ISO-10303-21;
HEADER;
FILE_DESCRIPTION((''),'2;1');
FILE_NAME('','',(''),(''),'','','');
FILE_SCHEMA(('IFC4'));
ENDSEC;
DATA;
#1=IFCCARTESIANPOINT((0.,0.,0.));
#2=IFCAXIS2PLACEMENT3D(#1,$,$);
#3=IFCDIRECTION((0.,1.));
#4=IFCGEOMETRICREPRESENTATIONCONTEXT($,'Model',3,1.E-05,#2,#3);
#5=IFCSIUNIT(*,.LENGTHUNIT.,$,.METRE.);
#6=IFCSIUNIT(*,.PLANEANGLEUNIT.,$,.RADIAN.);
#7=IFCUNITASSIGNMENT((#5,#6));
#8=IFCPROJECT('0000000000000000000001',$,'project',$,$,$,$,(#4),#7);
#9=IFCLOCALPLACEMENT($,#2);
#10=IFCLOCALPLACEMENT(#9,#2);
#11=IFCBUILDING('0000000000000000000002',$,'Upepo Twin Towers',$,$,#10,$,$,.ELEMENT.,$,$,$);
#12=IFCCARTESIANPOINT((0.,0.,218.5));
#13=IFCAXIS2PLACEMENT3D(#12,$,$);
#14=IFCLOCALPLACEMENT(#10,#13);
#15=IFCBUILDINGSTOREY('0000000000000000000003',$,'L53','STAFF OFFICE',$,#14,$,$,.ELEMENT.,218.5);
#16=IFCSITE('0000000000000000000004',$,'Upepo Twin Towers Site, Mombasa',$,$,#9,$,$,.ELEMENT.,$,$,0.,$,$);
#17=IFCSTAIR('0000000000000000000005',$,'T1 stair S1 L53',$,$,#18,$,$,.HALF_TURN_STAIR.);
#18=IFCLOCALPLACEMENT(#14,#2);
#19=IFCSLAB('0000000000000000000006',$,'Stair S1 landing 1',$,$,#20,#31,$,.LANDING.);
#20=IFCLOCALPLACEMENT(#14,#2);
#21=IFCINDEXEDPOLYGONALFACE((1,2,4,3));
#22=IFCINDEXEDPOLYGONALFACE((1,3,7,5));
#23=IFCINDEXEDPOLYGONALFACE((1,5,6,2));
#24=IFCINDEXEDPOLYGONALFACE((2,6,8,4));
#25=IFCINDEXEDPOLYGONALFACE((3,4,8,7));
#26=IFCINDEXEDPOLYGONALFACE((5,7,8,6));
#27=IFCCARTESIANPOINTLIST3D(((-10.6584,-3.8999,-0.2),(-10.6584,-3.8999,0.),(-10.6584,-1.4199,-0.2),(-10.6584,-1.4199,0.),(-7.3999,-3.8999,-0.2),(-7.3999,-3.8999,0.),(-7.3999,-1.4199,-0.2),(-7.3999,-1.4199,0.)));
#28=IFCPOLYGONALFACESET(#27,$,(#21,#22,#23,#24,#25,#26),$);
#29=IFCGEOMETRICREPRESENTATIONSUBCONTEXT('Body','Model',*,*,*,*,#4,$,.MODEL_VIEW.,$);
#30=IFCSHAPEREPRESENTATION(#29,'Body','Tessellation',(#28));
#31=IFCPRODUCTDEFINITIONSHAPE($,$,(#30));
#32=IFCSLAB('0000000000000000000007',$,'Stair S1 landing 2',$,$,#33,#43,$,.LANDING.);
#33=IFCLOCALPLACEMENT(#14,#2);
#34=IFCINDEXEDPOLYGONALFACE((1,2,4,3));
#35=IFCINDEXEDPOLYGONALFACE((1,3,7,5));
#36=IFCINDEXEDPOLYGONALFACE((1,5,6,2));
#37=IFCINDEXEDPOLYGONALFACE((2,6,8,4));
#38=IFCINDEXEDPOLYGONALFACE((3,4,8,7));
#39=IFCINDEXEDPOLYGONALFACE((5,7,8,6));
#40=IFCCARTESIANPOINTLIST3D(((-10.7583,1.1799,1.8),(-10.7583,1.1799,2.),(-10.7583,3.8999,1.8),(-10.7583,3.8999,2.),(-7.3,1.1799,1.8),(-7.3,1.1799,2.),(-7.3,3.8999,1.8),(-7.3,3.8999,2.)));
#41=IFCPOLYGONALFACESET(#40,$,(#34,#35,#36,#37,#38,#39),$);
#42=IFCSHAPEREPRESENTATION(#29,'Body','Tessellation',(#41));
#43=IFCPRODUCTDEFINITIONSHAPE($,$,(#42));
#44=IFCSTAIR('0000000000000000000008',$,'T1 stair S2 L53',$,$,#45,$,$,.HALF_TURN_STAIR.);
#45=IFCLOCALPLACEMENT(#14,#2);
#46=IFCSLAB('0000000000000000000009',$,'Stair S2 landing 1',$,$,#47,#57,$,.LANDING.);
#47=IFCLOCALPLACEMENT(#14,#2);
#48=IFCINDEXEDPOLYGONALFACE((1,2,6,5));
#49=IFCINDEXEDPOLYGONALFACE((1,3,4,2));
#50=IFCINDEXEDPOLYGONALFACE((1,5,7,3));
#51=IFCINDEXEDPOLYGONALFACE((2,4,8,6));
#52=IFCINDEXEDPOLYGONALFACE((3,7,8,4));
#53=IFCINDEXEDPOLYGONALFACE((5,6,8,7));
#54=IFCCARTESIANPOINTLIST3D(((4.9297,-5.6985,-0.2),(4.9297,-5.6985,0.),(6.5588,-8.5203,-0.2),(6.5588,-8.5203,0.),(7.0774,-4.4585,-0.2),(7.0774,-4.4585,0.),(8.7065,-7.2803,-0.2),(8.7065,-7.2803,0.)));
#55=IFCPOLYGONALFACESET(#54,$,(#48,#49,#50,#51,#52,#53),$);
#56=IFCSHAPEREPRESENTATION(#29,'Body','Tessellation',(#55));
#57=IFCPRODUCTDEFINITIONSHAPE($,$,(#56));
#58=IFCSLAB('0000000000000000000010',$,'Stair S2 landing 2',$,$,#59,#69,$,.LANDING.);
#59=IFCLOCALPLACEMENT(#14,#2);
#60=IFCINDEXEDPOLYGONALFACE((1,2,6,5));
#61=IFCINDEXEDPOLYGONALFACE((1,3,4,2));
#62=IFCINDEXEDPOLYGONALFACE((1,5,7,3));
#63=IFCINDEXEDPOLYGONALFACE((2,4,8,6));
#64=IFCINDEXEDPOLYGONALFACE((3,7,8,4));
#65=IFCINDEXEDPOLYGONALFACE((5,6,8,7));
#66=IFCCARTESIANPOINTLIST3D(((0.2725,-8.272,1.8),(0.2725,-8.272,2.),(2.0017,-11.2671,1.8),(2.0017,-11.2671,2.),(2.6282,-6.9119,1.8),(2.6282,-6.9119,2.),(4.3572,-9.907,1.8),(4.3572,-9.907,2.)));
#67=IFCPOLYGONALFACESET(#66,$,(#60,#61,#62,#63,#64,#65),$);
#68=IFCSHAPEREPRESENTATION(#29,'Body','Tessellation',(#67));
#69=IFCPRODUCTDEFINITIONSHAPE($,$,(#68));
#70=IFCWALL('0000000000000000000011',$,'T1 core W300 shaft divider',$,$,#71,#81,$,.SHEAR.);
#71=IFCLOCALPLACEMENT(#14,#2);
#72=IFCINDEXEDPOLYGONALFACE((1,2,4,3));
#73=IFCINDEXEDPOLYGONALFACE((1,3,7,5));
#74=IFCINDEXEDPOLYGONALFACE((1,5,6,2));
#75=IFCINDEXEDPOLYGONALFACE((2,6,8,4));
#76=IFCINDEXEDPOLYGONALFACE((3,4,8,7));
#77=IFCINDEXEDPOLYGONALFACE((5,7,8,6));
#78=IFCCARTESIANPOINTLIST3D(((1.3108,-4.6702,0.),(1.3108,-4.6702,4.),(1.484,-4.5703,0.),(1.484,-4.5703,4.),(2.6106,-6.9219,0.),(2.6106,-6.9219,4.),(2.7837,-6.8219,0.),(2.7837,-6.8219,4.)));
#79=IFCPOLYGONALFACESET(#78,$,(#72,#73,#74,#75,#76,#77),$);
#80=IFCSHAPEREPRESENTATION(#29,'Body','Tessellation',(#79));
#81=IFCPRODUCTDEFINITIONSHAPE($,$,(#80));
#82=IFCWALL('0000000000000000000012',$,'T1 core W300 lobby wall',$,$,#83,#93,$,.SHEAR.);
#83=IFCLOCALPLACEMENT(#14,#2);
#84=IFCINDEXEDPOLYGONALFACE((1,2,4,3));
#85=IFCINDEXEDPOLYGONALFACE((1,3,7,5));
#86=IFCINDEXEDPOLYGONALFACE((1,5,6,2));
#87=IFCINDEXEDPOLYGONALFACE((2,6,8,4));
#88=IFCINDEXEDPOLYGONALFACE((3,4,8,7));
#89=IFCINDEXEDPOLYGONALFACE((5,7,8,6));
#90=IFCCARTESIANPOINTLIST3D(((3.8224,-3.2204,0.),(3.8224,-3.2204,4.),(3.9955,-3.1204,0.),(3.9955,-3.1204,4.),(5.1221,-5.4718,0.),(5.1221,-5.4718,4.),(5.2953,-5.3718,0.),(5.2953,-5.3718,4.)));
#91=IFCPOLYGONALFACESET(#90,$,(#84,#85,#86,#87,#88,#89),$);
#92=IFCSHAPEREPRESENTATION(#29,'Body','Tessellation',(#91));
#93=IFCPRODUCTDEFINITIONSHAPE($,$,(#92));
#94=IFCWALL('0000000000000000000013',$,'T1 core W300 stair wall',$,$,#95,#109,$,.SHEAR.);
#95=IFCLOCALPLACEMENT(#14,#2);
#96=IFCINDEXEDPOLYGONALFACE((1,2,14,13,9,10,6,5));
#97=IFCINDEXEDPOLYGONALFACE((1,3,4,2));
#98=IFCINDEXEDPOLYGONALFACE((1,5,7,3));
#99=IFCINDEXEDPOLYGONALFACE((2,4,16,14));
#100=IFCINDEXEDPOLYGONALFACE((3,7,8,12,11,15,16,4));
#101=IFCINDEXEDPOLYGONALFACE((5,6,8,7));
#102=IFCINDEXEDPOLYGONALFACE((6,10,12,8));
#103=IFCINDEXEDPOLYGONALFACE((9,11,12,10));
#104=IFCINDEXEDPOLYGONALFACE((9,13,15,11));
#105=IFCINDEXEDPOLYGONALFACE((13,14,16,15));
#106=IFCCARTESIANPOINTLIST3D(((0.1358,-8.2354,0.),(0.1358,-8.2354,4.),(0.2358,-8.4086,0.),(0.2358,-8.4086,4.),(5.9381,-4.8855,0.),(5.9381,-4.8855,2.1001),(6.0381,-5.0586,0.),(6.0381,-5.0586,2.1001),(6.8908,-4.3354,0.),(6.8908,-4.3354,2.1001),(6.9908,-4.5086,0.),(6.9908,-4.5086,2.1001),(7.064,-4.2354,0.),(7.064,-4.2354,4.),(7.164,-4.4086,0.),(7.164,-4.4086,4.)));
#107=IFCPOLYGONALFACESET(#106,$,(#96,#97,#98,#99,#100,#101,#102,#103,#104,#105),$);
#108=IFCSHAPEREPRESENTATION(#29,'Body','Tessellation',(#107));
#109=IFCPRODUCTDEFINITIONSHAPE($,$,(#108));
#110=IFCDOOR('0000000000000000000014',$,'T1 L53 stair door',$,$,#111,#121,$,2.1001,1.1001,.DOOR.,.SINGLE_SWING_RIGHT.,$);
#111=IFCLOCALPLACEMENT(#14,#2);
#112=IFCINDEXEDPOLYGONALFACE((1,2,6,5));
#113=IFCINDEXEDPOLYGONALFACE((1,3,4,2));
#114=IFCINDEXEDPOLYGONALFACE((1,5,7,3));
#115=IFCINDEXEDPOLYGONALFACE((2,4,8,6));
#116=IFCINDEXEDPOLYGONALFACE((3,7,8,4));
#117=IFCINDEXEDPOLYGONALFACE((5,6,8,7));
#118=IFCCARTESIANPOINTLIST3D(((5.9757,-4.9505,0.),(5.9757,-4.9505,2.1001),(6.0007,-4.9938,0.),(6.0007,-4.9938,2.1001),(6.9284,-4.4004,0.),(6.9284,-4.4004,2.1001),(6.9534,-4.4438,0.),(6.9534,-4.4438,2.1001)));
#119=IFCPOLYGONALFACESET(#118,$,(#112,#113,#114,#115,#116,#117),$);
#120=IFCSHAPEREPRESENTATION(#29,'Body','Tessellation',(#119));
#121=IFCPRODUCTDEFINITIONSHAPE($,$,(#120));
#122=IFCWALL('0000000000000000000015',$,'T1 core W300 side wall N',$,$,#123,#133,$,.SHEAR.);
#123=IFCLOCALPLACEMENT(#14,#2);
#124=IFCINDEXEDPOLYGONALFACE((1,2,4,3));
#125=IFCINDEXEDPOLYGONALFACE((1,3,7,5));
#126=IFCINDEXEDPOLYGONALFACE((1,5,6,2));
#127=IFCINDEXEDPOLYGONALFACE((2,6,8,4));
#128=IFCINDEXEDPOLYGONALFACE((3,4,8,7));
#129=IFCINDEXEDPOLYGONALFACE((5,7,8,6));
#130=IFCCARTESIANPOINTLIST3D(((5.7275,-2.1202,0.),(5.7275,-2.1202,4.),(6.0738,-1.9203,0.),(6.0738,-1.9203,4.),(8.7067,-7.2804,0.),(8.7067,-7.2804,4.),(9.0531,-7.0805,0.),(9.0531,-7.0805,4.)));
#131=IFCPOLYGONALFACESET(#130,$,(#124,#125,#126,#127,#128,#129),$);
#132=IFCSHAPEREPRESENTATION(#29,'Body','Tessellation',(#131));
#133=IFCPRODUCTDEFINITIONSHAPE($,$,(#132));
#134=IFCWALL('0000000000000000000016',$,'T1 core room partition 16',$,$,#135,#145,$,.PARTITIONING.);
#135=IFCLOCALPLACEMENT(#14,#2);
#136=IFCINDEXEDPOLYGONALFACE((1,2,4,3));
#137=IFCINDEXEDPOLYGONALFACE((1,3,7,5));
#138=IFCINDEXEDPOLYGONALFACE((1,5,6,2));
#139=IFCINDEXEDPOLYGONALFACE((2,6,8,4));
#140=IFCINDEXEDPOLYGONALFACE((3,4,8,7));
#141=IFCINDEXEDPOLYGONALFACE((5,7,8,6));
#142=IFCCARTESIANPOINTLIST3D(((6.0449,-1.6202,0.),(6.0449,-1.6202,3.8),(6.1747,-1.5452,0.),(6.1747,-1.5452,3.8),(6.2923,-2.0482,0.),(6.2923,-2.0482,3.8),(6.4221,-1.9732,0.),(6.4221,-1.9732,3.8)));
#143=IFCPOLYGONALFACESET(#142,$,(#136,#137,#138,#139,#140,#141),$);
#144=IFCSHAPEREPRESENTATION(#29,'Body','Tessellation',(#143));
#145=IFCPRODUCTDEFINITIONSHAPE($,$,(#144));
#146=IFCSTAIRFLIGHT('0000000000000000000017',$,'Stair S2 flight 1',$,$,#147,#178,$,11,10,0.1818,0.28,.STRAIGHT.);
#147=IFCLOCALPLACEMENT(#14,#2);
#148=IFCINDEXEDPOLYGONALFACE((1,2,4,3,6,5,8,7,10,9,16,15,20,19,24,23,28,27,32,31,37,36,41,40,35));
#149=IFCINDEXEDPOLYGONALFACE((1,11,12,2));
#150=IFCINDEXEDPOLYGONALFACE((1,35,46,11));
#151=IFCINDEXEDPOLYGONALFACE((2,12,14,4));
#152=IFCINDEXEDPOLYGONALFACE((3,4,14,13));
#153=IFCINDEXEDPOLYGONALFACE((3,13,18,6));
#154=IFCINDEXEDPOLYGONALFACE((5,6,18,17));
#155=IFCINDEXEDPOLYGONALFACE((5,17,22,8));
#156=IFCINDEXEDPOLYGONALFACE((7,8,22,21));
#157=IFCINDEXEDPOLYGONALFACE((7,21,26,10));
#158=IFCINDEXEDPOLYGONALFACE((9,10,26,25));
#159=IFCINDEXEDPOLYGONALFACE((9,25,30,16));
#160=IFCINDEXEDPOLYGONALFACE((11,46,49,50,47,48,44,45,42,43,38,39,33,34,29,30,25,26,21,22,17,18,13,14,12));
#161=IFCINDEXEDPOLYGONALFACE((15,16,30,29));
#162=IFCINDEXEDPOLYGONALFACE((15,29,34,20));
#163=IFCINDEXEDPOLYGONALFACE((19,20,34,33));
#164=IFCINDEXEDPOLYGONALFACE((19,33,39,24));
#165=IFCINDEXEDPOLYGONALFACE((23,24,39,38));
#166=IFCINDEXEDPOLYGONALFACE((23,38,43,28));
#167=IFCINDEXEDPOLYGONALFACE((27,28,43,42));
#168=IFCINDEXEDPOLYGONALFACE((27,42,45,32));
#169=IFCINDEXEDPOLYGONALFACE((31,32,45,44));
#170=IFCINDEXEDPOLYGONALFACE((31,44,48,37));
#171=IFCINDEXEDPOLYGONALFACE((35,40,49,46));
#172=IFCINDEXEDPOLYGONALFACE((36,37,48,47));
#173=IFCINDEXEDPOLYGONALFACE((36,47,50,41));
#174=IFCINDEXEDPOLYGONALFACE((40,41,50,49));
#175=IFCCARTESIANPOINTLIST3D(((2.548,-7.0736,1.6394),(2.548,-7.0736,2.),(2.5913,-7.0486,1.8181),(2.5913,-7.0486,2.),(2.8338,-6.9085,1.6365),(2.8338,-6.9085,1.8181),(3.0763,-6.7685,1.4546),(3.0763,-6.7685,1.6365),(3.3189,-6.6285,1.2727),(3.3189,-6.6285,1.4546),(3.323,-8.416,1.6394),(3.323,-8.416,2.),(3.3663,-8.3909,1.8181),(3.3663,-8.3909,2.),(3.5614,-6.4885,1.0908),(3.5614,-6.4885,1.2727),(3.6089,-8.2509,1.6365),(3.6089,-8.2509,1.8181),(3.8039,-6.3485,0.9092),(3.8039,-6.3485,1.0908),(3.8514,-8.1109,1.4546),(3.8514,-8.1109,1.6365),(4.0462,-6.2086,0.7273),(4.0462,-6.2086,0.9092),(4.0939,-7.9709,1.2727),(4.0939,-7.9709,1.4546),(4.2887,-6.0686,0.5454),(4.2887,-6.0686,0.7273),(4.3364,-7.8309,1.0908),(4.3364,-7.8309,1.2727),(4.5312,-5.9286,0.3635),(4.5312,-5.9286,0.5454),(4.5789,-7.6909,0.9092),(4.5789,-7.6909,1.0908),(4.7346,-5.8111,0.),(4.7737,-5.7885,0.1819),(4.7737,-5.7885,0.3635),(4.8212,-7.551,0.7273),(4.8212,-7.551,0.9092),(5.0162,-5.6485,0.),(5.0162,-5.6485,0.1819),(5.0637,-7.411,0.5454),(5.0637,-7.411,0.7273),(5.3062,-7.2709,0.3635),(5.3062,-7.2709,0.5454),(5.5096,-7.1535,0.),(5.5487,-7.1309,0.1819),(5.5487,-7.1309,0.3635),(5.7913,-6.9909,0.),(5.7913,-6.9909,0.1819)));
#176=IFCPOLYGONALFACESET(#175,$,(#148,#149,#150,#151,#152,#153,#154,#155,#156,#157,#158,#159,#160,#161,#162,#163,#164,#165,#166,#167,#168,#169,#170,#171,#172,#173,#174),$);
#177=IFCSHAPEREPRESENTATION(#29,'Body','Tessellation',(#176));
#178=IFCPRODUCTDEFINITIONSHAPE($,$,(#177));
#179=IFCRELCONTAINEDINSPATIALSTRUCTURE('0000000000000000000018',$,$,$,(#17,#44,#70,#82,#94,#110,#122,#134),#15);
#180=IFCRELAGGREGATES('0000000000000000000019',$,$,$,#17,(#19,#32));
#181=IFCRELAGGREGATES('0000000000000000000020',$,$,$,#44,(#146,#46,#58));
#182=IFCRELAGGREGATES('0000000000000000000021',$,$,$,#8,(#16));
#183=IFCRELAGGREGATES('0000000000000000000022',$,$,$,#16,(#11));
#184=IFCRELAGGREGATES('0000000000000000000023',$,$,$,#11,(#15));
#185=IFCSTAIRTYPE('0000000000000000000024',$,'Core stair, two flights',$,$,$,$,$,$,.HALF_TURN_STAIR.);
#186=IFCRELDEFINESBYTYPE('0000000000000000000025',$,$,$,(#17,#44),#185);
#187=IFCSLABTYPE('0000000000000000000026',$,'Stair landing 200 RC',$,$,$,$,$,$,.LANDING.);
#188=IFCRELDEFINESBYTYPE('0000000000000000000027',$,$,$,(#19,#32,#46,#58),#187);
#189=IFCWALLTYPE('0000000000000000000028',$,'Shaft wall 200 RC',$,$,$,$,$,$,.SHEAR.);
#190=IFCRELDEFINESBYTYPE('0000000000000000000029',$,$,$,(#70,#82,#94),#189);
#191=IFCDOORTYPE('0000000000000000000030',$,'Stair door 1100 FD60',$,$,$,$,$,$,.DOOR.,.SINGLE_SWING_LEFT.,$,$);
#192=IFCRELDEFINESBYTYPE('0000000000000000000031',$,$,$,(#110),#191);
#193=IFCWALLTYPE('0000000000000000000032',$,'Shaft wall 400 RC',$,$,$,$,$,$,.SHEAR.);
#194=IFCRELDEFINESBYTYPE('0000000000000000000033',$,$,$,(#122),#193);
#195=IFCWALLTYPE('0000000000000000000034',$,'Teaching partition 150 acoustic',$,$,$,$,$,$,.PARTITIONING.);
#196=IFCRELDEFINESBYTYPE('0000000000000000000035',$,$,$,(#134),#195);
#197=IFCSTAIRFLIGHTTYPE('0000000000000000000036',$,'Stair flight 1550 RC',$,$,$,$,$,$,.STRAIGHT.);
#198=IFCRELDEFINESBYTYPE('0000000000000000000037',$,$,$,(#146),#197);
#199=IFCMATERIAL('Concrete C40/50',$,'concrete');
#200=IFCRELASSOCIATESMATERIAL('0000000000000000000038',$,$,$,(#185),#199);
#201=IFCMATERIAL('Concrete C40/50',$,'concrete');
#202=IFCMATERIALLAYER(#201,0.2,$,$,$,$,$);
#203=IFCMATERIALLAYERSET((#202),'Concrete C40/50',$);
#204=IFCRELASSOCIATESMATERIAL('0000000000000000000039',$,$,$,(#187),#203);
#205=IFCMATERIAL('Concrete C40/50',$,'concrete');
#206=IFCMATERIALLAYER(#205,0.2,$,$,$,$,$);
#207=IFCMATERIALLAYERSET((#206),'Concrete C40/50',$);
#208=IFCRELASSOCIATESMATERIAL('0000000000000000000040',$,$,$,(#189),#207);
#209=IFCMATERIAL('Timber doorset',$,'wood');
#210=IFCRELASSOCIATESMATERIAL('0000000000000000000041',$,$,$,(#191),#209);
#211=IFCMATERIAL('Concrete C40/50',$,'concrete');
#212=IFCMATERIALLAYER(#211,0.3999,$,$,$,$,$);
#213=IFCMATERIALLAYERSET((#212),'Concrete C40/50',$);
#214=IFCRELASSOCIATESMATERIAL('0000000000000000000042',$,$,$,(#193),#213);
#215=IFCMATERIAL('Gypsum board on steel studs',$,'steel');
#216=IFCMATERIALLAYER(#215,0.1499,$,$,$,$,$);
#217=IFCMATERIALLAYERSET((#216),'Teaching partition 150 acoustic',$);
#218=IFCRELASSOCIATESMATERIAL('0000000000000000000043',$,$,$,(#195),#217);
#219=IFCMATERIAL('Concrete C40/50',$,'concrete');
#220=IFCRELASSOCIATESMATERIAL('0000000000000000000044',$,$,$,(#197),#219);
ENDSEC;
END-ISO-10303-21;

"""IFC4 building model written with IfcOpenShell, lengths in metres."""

from ifc_helpers import new_model, si_unit, direction, frame, frame_2d, origin, place, context, subcontext, project, spatial, polyline, rectangle, outline, extrude, material, layer, layer_set, type_object, element, fill, aggregate, save


model = new_model("IFC4")

# Units and contexts
model_context = context("Model", 3, precision=1e-05, world=origin(), true_north=direction((0.0, 1.0)))
body_context = subcontext(model_context, "Body", "Model", "MODEL_VIEW")
ifc_project = project(units=[si_unit("LENGTHUNIT", "METRE"), si_unit("PLANEANGLEUNIT", "RADIAN")], contexts=[model_context])

# Site, building, storey
site_placement = place(None, origin())
site = spatial("IfcSite", under=ifc_project, at=site_placement, Name="Upepo Twin Towers Site, Mombasa", CompositionType="ELEMENT", RefElevation=0.0)
building_placement = place(site_placement, origin())
building = spatial("IfcBuilding", under=site, at=building_placement, Name="Upepo Twin Towers", CompositionType="ELEMENT")
storey_placement = place(building_placement, frame((0.0, 0.0, 218.5)))
storey = spatial("IfcBuildingStorey", under=building, at=storey_placement, Name="L53", Description="STAFF OFFICE", CompositionType="ELEMENT", Elevation=218.5)

# Stairs, slabs
ifc_material_1 = material(Name="Concrete C40/50", Category="concrete")
stair_type = type_object("IfcStairType", Name="Core stair, two flights", PredefinedType="HALF_TURN_STAIR", material=ifc_material_1)
stair_1_placement = place(storey_placement, origin())
stair_1 = element("IfcStair", 1, at=stair_1_placement, inside=storey, type_object=stair_type, Name="T1 stair S1 L53", PredefinedType="HALF_TURN_STAIR")
ifc_material_2 = material(Name="Concrete C40/50", Category="concrete")
ifc_layer_1 = layer(ifc_material_2, 0.2)
ifc_layer_set_1 = layer_set([ifc_layer_1], Name="Concrete C40/50")
slab_type = type_object("IfcSlabType", Name="Stair landing 200 RC", PredefinedType="LANDING", material=ifc_layer_set_1)
slab_1_placement = place(storey_placement, frame((0.0, 0.0, -0.2)))
slab_1 = element("IfcSlab", 2, at=slab_1_placement, type_object=slab_type, Name="Stair S1 landing 1", PredefinedType="LANDING", context=body_context, shape_type="SweptSolid", body=[
    extrude(outline(polyline([(-7.3999, -1.4199), (-10.6584, -1.4199), (-10.6584, -3.8999), (-7.3999, -3.8999), (-7.3999, -1.4199)])), origin(), (0.0, 0.0, 1.0), 0.2),
])
slab_2_placement = place(storey_placement, frame((0.0, 0.0, 1.8)))
slab_2 = element("IfcSlab", 3, at=slab_2_placement, type_object=slab_type, Name="Stair S1 landing 2", PredefinedType="LANDING", context=body_context, shape_type="SweptSolid", body=[
    extrude(outline(polyline([(-7.3, 3.8999), (-10.7583, 3.8999), (-10.7583, 1.1799), (-7.3, 1.1799), (-7.3, 3.8999)])), origin(), (0.0, 0.0, 1.0), 0.2),
])
aggregate(stair_1, [slab_1, slab_2])
stair_2_placement = place(storey_placement, origin())
stair_2 = element("IfcStair", 4, at=stair_2_placement, inside=storey, type_object=stair_type, Name="T1 stair S2 L53", PredefinedType="HALF_TURN_STAIR")
slab_3_placement = place(storey_placement, frame((0.0, 0.0, -0.2)))
slab_3 = element("IfcSlab", 5, at=slab_3_placement, type_object=slab_type, Name="Stair S2 landing 1", PredefinedType="LANDING", context=body_context, shape_type="SweptSolid", body=[
    extrude(outline(polyline([(4.9297, -5.6985), (6.5588, -8.5203), (8.7065, -7.2803), (7.0774, -4.4585), (4.9297, -5.6985)])), origin(), (0.0, 0.0, 1.0), 0.2),
])
slab_4_placement = place(storey_placement, frame((0.0, 0.0, 1.8)))
slab_4 = element("IfcSlab", 6, at=slab_4_placement, type_object=slab_type, Name="Stair S2 landing 2", PredefinedType="LANDING", context=body_context, shape_type="SweptSolid", body=[
    extrude(outline(polyline([(0.2725, -8.272), (2.0017, -11.2671), (4.3572, -9.907), (2.6282, -6.9119), (0.2725, -8.272)])), origin(), (0.0, 0.0, 1.0), 0.2),
])

# Walls
ifc_material_3 = material(Name="Concrete C40/50", Category="concrete")
ifc_layer_2 = layer(ifc_material_3, 0.2)
ifc_layer_set_2 = layer_set([ifc_layer_2], Name="Concrete C40/50")
wall_type_1 = type_object("IfcWallType", Name="Shaft wall 200 RC", PredefinedType="SHEAR", material=ifc_layer_set_2)
wall_1_placement = place(storey_placement, frame((1.3975, -4.6204, 0.0), z_axis=(0.0, 0.0, 1.0), x_axis=(0.499937, -0.866062, 0.0)))
element("IfcWall", 7, at=wall_1_placement, inside=storey, type_object=wall_type_1, Name="T1 core W300 shaft divider", PredefinedType="SHEAR", context=body_context, shape_type="SweptSolid", body=[
    extrude(rectangle(XDim=2.5999, YDim=0.2, at=frame_2d((1.2998, 0.0))), origin(), (0.0, 0.0, 1.0), 4.0),
])
wall_2_placement = place(storey_placement, frame((3.9089, -3.1704, 0.0), z_axis=(0.0, 0.0, 1.0), x_axis=(0.499977, -0.866039, 0.0)))
element("IfcWall", 8, at=wall_2_placement, inside=storey, type_object=wall_type_1, Name="T1 core W300 lobby wall", PredefinedType="SHEAR", context=body_context, shape_type="SweptSolid", body=[
    extrude(rectangle(XDim=2.5996, YDim=0.2, at=frame_2d((1.2998, 0.0))), origin(), (0.0, 0.0, 1.0), 4.0),
])

# Wall, opening, door
wall_3_placement = place(storey_placement, frame((0.1858, -8.322, 0.0), z_axis=(0.0, 0.0, 1.0), x_axis=(0.866026, 0.499999, 0.0)))
wall_3 = element("IfcWall", 9, at=wall_3_placement, inside=storey, type_object=wall_type_1, Name="T1 core W300 stair wall", PredefinedType="SHEAR", context=body_context, shape_type="SweptSolid", body=[
    extrude(rectangle(XDim=8.0, YDim=0.2, at=frame_2d((4.0, 0.0))), origin(), (0.0, 0.0, 1.0), 4.0),
])
opening_placement = place(wall_3_placement, frame((6.7, 0.0, 0.0)))
opening = element("IfcOpeningElement", 10, at=opening_placement, cuts=wall_3, PredefinedType="OPENING", context=body_context, shape_type="SweptSolid", body=[
    extrude(rectangle(XDim=1.1001, YDim=2.1001, at=frame_2d((0.55, 1.05))), frame((0.0, 0.1099, 0.0), z_axis=(0.0, -1.0, 0.0), x_axis=(1.0, 0.0, 0.0)), (0.0, 0.0, 1.0), 0.22),
])
ifc_material_4 = material(Name="Timber doorset", Category="wood")
door_type = type_object("IfcDoorType", Name="Stair door 1100 FD60", OperationType="SINGLE_SWING_LEFT", PredefinedType="DOOR", material=ifc_material_4)
door_placement = place(opening_placement, origin())
door = element("IfcDoor", 11, at=door_placement, inside=storey, type_object=door_type, Name="T1 L53 stair door", OperationType="SINGLE_SWING_RIGHT", OverallHeight=2.1001, OverallWidth=1.1001, PredefinedType="DOOR", context=body_context, shape_type="SweptSolid", body=[
    extrude(rectangle(XDim=1.1001, YDim=2.1001, at=frame_2d((0.55, 1.05))), frame((0.0, 0.0249, 0.0), z_axis=(0.0, -1.0, 0.0), x_axis=(1.0, 0.0, 0.0)), (0.0, 0.0, 1.0), 0.05),
])
fill(opening, door)

# Walls
ifc_material_5 = material(Name="Concrete C40/50", Category="concrete")
ifc_layer_3 = layer(ifc_material_5, 0.3999)
ifc_layer_set_3 = layer_set([ifc_layer_3], Name="Concrete C40/50")
wall_type_2 = type_object("IfcWallType", Name="Shaft wall 400 RC", PredefinedType="SHEAR", material=ifc_layer_set_3)
wall_4_placement = place(storey_placement, frame((5.9006, -2.0203, 0.0), z_axis=(0.0, 0.0, 1.0), x_axis=(0.500004, -0.866023, 0.0)))
element("IfcWall", 12, at=wall_4_placement, inside=storey, type_object=wall_type_2, Name="T1 core W300 side wall N", PredefinedType="SHEAR", context=body_context, shape_type="SweptSolid", body=[
    extrude(rectangle(XDim=5.9585, YDim=0.3999, at=frame_2d((2.9792, 0.0))), origin(), (0.0, 0.0, 1.0), 4.0),
])
ifc_material_6 = material(Name="Gypsum board on steel studs", Category="steel")
ifc_layer_4 = layer(ifc_material_6, 0.1499)
ifc_layer_set_4 = layer_set([ifc_layer_4], Name="Teaching partition 150 acoustic")
wall_type_3 = type_object("IfcWallType", Name="Teaching partition 150 acoustic", PredefinedType="PARTITIONING", material=ifc_layer_set_4)
wall_5_placement = place(storey_placement, frame((6.1099, -1.5828, 0.0), z_axis=(0.0, 0.0, 1.0), x_axis=(0.500335, -0.865832, 0.0)))
element("IfcWall", 13, at=wall_5_placement, inside=storey, type_object=wall_type_3, Name="T1 core room partition 16", PredefinedType="PARTITIONING", context=body_context, shape_type="SweptSolid", body=[
    extrude(rectangle(XDim=0.4944, YDim=0.1499, at=frame_2d((0.2471, 0.0))), origin(), (0.0, 0.0, 1.0), 3.8),
])

# Stair flight
ifc_material_7 = material(Name="Concrete C40/50", Category="concrete")
stair_flight_type = type_object("IfcStairFlightType", Name="Stair flight 1550 RC", PredefinedType="STRAIGHT", material=ifc_material_7)
stair_flight_1_placement = place(storey_placement, frame((5.4038, -6.3198, 0.0), z_axis=(0.0, 0.0, 1.0), x_axis=(-0.866025, -0.5, 0.0)))
stair_flight_1 = element("IfcStairFlight", 14, at=stair_flight_1_placement, type_object=stair_flight_type, Name="Stair S2 flight 1", NumberOfRisers=11, NumberOfTreads=10, PredefinedType="STRAIGHT", RiserHeight=0.1818, TreadLength=0.28, context=body_context, shape_type="SweptSolid", body=[
    extrude(outline(polyline([(0.0, 0.0), (0.0, 0.1819), (0.28, 0.1819), (0.28, 0.3635), (0.5601, 0.3635), (0.5601, 0.5454), (0.8401, 0.5454), (0.8401, 0.7273), (1.1201, 0.7273), (1.1201, 0.9092), (1.3999, 0.9092), (1.3999, 1.0908), (1.6799, 1.0908), (1.6799, 1.2727), (1.96, 1.2727), (1.96, 1.4546), (2.24, 1.4546), (2.24, 1.6365), (2.52, 1.6365), (2.52, 1.8181), (2.8, 1.8181), (2.8, 2.0), (2.8501, 2.0), (2.8501, 1.6394), (0.3252, 0.0), (0.0, 0.0)])), frame((0.0, 0.7749, 0.0), z_axis=(0.0, -1.0, 0.0), x_axis=(1.0, 0.0, 0.0)), (0.0, 0.0, 1.0), 1.55),
])
aggregate(stair_2, [stair_flight_1, slab_3, slab_4])

save(model, "model.ifc")
